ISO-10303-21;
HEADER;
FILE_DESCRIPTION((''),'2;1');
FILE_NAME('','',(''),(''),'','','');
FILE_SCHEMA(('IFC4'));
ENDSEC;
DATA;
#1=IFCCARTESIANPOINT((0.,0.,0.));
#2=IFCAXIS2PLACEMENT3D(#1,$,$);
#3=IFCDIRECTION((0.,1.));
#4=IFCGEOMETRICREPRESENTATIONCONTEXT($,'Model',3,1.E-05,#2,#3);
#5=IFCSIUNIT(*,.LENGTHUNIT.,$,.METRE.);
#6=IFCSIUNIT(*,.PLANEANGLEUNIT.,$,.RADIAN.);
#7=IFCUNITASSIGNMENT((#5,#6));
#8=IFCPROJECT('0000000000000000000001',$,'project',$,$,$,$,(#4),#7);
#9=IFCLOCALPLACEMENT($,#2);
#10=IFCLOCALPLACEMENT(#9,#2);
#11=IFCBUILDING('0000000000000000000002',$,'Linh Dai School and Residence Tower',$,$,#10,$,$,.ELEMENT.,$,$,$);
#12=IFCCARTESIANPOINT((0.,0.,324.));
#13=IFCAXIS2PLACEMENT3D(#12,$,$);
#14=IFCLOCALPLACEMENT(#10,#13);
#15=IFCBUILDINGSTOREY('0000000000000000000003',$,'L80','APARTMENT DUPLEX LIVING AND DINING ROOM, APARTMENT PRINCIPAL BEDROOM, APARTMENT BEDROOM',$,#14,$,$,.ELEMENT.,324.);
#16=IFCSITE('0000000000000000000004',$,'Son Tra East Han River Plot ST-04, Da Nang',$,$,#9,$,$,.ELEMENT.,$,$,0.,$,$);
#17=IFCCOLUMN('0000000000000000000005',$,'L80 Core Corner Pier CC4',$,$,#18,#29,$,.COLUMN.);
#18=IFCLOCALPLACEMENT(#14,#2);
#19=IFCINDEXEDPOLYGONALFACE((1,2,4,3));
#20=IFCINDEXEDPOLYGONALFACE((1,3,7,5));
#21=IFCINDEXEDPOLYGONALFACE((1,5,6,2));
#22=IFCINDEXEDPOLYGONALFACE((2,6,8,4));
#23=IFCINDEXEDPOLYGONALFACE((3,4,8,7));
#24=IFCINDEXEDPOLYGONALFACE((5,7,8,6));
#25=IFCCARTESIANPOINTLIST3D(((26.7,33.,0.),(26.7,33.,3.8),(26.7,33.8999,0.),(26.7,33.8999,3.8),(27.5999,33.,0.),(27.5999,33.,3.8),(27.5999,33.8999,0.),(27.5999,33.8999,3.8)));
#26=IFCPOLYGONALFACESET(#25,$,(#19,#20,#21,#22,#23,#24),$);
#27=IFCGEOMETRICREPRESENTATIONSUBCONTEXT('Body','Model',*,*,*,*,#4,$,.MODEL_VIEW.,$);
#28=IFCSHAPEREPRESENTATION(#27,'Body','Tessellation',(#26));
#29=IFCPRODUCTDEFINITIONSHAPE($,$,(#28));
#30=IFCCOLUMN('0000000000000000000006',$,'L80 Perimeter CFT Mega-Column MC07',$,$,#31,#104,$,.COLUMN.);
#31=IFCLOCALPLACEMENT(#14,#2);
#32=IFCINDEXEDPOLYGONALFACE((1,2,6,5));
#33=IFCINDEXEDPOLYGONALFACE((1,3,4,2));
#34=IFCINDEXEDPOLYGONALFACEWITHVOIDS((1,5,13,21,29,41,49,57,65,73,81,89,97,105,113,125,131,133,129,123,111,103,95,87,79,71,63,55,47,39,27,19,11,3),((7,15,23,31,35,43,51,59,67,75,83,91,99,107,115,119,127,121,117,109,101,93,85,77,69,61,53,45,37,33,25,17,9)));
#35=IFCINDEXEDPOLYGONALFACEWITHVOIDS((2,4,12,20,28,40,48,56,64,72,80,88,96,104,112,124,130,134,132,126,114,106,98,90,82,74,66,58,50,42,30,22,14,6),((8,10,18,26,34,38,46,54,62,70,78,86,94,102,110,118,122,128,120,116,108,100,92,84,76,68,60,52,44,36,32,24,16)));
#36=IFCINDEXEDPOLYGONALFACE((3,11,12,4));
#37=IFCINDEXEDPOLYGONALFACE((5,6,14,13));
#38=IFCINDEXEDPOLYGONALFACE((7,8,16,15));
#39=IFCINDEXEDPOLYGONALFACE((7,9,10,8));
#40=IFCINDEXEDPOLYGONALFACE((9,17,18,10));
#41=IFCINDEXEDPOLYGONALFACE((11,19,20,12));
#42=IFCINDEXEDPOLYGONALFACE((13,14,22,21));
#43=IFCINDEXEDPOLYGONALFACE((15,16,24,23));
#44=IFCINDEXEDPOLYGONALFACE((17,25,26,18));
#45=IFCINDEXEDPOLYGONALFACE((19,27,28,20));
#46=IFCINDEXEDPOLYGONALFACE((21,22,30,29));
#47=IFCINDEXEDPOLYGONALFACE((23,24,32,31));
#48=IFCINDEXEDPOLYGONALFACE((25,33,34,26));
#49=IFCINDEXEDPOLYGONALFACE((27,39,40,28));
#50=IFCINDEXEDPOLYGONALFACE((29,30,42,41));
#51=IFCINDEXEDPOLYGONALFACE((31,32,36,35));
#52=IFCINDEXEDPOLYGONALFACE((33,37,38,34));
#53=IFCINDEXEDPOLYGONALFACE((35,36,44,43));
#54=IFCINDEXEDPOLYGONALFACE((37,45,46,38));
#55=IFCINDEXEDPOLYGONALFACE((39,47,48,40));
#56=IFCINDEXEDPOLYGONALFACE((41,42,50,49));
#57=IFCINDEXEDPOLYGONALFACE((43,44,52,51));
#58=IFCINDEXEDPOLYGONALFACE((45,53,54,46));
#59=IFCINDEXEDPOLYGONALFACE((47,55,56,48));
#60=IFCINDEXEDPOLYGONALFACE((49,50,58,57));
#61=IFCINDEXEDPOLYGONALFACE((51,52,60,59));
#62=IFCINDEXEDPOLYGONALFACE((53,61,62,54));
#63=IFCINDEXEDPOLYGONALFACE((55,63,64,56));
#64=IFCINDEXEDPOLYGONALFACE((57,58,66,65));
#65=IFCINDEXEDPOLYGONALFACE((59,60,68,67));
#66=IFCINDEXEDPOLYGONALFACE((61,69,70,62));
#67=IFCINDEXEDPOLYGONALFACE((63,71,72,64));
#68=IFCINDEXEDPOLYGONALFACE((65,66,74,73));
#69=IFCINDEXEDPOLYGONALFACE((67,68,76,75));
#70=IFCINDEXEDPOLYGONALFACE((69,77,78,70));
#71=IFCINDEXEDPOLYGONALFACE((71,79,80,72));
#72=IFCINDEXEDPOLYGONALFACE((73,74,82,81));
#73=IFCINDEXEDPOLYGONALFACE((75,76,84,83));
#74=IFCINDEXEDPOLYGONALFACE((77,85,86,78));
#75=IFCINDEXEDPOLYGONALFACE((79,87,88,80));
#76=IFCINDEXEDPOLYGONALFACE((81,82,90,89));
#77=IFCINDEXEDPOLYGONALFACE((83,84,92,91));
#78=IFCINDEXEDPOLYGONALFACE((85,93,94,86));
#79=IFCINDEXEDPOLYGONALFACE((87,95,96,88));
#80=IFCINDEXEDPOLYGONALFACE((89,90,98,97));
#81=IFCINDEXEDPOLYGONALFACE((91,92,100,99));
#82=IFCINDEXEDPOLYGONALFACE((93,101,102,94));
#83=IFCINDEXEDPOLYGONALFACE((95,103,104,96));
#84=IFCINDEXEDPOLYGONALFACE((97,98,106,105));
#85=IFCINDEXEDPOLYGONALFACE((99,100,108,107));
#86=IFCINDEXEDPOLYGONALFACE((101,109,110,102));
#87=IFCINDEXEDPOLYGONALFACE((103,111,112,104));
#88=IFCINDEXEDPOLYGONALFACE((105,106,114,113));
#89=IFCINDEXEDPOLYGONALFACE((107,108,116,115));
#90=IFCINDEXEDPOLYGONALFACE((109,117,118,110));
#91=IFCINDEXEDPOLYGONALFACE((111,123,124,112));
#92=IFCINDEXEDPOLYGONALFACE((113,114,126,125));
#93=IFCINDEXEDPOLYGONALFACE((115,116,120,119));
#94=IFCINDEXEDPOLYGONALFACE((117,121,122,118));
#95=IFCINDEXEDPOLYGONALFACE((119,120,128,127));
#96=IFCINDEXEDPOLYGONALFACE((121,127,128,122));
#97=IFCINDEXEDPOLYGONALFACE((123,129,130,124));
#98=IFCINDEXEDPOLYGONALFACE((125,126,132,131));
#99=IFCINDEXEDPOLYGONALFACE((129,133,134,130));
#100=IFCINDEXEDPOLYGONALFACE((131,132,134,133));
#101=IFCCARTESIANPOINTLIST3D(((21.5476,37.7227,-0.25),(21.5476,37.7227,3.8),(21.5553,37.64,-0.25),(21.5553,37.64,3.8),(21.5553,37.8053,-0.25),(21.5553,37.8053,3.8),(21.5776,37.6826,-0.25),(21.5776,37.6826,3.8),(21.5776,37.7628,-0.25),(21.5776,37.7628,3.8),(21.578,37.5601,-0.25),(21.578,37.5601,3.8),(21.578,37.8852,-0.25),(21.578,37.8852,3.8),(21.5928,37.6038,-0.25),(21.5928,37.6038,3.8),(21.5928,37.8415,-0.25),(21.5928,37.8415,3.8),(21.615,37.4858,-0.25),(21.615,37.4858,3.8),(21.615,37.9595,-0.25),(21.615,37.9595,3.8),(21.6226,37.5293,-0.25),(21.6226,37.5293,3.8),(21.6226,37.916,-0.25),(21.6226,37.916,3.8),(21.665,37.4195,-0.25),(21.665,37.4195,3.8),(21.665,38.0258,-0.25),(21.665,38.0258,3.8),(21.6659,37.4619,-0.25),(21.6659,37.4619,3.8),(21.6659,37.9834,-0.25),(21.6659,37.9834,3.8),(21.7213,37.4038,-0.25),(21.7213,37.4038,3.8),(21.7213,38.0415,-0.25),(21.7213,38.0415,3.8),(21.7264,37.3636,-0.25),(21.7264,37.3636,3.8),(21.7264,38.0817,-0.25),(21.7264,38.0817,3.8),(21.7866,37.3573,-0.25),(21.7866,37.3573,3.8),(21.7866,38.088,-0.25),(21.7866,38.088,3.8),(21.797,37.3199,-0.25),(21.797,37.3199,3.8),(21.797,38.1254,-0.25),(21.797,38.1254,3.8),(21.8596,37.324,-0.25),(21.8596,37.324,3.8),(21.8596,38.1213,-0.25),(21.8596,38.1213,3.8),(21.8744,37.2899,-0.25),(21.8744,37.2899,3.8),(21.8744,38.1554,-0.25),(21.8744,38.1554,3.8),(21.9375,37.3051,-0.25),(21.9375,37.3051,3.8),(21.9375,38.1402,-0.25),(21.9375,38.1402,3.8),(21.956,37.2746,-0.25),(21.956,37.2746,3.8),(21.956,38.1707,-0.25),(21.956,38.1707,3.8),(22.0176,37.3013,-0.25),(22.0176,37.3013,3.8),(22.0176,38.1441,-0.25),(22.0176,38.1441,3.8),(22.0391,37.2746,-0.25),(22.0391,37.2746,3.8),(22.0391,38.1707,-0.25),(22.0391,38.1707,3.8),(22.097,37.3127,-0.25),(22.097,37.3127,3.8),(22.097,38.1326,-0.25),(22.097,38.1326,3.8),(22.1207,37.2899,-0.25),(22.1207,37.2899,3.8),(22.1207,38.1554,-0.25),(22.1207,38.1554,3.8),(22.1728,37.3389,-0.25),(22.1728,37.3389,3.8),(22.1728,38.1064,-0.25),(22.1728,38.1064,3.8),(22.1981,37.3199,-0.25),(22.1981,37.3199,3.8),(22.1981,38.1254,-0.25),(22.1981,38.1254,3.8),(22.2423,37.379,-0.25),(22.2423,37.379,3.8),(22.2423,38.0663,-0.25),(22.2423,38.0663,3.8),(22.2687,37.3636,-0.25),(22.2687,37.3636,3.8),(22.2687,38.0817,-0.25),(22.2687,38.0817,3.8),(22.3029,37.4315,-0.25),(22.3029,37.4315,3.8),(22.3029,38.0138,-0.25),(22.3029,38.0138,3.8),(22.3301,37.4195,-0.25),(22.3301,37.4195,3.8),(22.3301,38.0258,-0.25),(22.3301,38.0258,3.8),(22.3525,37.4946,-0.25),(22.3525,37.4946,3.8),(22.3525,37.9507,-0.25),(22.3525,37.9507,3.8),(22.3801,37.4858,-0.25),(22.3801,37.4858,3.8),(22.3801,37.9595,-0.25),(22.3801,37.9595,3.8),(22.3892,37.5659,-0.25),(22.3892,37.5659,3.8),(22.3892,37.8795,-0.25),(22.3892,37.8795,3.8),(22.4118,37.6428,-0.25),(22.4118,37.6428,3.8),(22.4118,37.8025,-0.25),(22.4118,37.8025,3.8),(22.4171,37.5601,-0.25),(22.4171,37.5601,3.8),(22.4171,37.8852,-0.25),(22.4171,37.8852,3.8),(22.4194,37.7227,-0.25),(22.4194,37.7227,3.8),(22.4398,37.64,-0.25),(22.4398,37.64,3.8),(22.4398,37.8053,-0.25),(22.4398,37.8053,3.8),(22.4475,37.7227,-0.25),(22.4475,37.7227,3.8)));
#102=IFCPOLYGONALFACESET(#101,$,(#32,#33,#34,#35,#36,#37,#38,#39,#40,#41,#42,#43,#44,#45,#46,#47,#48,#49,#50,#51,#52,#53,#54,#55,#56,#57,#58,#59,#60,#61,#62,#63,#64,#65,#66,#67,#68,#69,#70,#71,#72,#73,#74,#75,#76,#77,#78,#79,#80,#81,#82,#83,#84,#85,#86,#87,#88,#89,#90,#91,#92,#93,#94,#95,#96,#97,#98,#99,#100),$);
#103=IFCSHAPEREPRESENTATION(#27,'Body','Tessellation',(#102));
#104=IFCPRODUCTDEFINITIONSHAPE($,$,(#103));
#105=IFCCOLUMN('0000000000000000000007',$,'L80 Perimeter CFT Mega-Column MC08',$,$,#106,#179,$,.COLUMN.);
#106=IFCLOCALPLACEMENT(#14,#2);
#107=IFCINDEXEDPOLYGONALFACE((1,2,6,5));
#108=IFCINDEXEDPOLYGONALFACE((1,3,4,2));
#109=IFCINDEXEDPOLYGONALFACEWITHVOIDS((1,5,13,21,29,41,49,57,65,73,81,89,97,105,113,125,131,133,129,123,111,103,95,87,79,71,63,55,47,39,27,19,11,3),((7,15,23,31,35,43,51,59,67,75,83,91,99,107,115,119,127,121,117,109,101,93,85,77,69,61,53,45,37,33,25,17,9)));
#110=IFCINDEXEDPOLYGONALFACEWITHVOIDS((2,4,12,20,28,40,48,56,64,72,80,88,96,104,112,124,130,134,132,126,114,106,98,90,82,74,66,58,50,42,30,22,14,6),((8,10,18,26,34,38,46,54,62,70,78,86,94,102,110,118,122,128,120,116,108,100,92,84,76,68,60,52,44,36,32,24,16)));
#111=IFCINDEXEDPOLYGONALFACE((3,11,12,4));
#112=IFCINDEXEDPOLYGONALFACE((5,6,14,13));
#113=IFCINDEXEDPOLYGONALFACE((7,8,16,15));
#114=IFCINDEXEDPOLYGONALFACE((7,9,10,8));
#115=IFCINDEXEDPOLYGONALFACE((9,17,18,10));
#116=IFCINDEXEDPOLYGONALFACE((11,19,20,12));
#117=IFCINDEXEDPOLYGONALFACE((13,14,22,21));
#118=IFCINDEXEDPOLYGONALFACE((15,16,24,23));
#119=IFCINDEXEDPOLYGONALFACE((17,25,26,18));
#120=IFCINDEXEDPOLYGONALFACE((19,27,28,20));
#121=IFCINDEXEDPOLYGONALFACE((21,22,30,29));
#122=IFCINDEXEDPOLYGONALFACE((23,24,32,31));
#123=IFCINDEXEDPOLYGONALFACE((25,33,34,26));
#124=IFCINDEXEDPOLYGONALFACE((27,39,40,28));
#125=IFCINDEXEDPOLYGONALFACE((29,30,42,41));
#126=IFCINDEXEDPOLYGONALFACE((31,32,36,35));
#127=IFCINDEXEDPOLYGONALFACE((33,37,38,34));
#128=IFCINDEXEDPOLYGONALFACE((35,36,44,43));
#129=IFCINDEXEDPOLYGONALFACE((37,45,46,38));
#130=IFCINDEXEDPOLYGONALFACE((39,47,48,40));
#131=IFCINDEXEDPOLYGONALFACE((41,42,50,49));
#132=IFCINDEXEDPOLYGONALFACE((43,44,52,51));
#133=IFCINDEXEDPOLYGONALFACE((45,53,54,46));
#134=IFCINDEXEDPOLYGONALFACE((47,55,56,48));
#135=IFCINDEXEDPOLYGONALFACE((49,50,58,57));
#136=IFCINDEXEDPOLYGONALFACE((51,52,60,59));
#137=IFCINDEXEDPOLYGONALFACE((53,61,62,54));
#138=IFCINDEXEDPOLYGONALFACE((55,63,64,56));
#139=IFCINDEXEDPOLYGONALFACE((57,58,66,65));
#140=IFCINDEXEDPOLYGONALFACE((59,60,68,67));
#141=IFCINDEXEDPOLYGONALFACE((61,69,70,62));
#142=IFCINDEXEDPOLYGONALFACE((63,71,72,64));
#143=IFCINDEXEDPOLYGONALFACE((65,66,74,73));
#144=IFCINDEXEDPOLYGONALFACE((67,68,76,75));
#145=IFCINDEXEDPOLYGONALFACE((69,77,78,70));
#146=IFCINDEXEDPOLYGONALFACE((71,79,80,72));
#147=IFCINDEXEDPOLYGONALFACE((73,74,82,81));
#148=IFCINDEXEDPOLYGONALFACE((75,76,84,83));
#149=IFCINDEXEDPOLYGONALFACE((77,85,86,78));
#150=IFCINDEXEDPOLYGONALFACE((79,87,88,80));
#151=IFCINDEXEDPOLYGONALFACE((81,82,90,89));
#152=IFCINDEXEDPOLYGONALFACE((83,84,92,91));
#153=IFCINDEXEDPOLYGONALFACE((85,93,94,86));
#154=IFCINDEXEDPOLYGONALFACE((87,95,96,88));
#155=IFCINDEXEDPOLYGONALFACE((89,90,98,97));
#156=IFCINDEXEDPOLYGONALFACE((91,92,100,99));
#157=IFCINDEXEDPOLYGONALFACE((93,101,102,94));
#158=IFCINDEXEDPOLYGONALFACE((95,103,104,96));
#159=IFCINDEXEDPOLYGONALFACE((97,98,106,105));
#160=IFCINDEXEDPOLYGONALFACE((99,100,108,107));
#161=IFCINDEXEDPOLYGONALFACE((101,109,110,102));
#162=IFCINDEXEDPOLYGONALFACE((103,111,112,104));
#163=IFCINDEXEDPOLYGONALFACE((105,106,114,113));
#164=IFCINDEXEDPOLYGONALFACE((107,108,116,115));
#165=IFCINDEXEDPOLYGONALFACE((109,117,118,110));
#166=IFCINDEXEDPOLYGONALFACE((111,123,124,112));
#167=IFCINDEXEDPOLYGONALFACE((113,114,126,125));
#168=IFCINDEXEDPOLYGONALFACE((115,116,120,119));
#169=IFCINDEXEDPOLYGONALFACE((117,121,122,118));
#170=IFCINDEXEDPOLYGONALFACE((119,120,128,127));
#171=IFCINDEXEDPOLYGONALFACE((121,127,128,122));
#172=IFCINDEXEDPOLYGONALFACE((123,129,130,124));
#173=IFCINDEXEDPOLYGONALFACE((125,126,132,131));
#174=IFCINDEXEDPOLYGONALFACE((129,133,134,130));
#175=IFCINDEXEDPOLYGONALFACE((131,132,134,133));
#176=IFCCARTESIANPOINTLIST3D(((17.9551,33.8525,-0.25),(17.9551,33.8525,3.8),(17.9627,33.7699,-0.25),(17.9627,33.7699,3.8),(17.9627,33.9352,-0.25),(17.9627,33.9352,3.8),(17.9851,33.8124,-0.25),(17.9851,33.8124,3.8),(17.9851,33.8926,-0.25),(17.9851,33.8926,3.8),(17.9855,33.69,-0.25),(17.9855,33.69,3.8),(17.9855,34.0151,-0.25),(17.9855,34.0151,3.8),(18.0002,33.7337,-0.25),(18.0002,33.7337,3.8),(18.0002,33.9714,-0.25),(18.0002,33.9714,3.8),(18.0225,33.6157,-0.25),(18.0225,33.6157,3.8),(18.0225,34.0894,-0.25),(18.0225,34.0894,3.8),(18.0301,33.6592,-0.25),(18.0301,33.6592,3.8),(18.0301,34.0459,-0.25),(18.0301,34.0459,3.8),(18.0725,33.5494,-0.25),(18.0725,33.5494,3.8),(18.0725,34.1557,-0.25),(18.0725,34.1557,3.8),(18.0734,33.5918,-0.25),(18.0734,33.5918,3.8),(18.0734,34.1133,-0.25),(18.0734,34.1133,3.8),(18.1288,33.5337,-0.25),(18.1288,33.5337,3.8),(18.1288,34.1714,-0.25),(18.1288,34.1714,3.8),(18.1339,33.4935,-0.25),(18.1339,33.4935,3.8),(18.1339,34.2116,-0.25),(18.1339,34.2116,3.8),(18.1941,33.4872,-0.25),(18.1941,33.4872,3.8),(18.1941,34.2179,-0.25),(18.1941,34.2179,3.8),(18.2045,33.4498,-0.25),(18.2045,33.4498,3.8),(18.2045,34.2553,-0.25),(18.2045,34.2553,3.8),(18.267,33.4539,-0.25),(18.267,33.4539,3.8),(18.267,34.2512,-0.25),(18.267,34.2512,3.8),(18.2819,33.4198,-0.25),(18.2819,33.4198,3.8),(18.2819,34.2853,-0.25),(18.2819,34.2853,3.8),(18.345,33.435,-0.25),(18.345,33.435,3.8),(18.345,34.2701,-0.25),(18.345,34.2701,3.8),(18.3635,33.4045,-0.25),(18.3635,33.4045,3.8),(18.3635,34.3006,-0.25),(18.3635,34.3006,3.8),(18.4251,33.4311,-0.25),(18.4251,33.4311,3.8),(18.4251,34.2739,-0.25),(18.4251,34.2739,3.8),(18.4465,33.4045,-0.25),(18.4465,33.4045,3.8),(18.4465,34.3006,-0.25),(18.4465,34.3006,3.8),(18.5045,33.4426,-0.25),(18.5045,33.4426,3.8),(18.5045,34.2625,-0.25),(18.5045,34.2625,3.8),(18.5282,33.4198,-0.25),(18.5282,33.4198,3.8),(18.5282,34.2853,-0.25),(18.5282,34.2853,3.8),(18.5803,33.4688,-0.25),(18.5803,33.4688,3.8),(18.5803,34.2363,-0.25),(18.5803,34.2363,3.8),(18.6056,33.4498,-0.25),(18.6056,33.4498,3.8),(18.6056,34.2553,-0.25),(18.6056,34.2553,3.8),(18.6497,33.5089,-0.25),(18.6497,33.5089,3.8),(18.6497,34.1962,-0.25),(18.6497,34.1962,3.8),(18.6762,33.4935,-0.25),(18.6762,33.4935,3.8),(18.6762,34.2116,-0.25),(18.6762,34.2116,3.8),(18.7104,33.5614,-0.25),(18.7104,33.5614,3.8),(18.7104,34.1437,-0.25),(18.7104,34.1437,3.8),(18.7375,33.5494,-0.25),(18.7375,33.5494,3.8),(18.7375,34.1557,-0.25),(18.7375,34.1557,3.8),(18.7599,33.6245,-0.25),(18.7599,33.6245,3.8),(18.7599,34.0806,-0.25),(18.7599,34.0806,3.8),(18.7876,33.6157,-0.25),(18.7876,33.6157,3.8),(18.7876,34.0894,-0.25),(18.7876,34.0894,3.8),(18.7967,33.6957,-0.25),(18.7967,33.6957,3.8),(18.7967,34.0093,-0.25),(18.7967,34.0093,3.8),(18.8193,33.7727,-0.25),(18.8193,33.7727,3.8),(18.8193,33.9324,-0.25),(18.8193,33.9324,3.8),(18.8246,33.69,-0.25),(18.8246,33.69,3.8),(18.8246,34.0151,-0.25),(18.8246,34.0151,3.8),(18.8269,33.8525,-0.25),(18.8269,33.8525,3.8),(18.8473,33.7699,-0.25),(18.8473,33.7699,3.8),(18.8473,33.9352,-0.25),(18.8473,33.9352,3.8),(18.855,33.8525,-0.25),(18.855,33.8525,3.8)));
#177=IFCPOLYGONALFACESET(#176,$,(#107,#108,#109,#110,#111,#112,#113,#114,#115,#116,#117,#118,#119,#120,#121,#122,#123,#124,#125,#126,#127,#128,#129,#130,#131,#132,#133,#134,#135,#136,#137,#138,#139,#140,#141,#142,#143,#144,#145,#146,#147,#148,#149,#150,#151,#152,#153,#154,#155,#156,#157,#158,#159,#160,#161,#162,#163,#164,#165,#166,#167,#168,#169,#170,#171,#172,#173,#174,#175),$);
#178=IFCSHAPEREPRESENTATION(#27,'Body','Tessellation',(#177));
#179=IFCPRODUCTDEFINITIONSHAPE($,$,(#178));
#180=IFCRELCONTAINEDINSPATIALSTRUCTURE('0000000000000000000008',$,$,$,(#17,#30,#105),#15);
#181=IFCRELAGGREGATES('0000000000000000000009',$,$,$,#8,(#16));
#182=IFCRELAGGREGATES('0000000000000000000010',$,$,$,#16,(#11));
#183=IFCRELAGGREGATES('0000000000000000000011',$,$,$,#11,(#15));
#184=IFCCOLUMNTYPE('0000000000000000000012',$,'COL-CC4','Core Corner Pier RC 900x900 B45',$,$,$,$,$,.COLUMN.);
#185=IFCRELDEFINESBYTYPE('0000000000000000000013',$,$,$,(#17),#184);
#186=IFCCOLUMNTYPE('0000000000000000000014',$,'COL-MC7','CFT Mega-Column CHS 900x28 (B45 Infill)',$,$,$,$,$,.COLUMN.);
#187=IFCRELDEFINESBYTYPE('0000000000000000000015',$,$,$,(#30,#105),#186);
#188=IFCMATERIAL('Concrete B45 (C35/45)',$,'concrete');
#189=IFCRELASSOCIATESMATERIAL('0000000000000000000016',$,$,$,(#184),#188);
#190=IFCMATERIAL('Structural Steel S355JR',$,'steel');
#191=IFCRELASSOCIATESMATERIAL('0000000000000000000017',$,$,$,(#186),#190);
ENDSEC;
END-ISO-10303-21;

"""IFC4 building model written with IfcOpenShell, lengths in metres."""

from ifc_helpers import new_model, si_unit, direction, frame, origin, origin_2d, place, context, subcontext, project, spatial, rectangle, hollow_circle, extrude, material, material_profile, profile_set, type_object, element, save


model = new_model("IFC4")

# Units and contexts
model_context = context("Model", 3, precision=1e-05, world=origin(), true_north=direction((0.0, 1.0)))
body_context = subcontext(model_context, "Body", "Model", "MODEL_VIEW")
ifc_project = project(units=[si_unit("LENGTHUNIT", "METRE"), si_unit("PLANEANGLEUNIT", "RADIAN")], contexts=[model_context])

# Site, building, storey
site_placement = place(None, origin())
site = spatial("IfcSite", under=ifc_project, at=site_placement, Name="Son Tra East Han River Plot ST-04, Da Nang", CompositionType="ELEMENT", RefElevation=0.0)
building_placement = place(site_placement, origin())
building = spatial("IfcBuilding", under=site, at=building_placement, Name="Linh Dai School and Residence Tower", CompositionType="ELEMENT")
storey_placement = place(building_placement, frame((0.0, 0.0, 324.0)))
storey = spatial("IfcBuildingStorey", under=building, at=storey_placement, Name="L80", Description="APARTMENT DUPLEX LIVING AND DINING ROOM, APARTMENT PRINCIPAL BEDROOM, APARTMENT BEDROOM", CompositionType="ELEMENT", Elevation=324.0)

# Columns
ifc_material_1 = material(Name="Concrete B45 (C35/45)", Category="concrete")
ifc_material_profile_1 = material_profile(ifc_material_1, rectangle(XDim=0.8999, YDim=0.8999, at=origin_2d()), Name="RC 900x900")
ifc_profile_set_1 = profile_set([ifc_material_profile_1], Name="Concrete B45 (C35/45)")
column_type_1 = type_object("IfcColumnType", Name="COL-CC4", Description="Core Corner Pier RC 900x900 B45", PredefinedType="COLUMN", material=ifc_profile_set_1)
column_placement = place(storey_placement, frame((27.1499, 33.45, 0.0), z_axis=(0.0, 0.0, 1.0), x_axis=(1.0, 0.0, 0.0)))
element("IfcColumn", 1, at=column_placement, inside=storey, type_object=column_type_1, Name="L80 Core Corner Pier CC4", PredefinedType="COLUMN", context=body_context, shape_type="SweptSolid", body=[
    extrude(rectangle(XDim=0.8999, YDim=0.8999, at=origin_2d()), origin(), (0.0, 0.0, 1.0), 3.8),
])
ifc_material_2 = material(Name="Structural Steel S355JR", Category="steel")
ifc_material_profile_2 = material_profile(ifc_material_2, hollow_circle(Radius=0.45, WallThickness=0.0281, at=origin_2d()), Name="CHS 900x28")
ifc_profile_set_2 = profile_set([ifc_material_profile_2], Name="Structural Steel S355JR")
column_type_2 = type_object("IfcColumnType", Name="COL-MC7", Description="CFT Mega-Column CHS 900x28 (B45 Infill)", PredefinedType="COLUMN", material=ifc_profile_set_2)
for number, where, z_axis, x_axis, name in (
    (2, (21.9976, 37.7227, -0.25), (0.0, 0.0, 1.0), (1.0, 0.0, 0.0), "L80 Perimeter CFT Mega-Column MC07"),
    (3, (18.405, 33.8525, -0.25), (0.0, 0.0, 1.0), (1.0, 0.0, 0.0), "L80 Perimeter CFT Mega-Column MC08"),
):
    element("IfcColumn", number, at=place(storey_placement, frame(where, z_axis=z_axis, x_axis=x_axis)), inside=storey, type_object=column_type_2, Name=name, PredefinedType="COLUMN", context=body_context, shape_type="SweptSolid", body=[
        extrude(hollow_circle(Radius=0.45, WallThickness=0.0281, at=origin_2d()), origin(), (0.0, 0.0, 1.0), 4.05),
    ])

save(model, "model.ifc")
